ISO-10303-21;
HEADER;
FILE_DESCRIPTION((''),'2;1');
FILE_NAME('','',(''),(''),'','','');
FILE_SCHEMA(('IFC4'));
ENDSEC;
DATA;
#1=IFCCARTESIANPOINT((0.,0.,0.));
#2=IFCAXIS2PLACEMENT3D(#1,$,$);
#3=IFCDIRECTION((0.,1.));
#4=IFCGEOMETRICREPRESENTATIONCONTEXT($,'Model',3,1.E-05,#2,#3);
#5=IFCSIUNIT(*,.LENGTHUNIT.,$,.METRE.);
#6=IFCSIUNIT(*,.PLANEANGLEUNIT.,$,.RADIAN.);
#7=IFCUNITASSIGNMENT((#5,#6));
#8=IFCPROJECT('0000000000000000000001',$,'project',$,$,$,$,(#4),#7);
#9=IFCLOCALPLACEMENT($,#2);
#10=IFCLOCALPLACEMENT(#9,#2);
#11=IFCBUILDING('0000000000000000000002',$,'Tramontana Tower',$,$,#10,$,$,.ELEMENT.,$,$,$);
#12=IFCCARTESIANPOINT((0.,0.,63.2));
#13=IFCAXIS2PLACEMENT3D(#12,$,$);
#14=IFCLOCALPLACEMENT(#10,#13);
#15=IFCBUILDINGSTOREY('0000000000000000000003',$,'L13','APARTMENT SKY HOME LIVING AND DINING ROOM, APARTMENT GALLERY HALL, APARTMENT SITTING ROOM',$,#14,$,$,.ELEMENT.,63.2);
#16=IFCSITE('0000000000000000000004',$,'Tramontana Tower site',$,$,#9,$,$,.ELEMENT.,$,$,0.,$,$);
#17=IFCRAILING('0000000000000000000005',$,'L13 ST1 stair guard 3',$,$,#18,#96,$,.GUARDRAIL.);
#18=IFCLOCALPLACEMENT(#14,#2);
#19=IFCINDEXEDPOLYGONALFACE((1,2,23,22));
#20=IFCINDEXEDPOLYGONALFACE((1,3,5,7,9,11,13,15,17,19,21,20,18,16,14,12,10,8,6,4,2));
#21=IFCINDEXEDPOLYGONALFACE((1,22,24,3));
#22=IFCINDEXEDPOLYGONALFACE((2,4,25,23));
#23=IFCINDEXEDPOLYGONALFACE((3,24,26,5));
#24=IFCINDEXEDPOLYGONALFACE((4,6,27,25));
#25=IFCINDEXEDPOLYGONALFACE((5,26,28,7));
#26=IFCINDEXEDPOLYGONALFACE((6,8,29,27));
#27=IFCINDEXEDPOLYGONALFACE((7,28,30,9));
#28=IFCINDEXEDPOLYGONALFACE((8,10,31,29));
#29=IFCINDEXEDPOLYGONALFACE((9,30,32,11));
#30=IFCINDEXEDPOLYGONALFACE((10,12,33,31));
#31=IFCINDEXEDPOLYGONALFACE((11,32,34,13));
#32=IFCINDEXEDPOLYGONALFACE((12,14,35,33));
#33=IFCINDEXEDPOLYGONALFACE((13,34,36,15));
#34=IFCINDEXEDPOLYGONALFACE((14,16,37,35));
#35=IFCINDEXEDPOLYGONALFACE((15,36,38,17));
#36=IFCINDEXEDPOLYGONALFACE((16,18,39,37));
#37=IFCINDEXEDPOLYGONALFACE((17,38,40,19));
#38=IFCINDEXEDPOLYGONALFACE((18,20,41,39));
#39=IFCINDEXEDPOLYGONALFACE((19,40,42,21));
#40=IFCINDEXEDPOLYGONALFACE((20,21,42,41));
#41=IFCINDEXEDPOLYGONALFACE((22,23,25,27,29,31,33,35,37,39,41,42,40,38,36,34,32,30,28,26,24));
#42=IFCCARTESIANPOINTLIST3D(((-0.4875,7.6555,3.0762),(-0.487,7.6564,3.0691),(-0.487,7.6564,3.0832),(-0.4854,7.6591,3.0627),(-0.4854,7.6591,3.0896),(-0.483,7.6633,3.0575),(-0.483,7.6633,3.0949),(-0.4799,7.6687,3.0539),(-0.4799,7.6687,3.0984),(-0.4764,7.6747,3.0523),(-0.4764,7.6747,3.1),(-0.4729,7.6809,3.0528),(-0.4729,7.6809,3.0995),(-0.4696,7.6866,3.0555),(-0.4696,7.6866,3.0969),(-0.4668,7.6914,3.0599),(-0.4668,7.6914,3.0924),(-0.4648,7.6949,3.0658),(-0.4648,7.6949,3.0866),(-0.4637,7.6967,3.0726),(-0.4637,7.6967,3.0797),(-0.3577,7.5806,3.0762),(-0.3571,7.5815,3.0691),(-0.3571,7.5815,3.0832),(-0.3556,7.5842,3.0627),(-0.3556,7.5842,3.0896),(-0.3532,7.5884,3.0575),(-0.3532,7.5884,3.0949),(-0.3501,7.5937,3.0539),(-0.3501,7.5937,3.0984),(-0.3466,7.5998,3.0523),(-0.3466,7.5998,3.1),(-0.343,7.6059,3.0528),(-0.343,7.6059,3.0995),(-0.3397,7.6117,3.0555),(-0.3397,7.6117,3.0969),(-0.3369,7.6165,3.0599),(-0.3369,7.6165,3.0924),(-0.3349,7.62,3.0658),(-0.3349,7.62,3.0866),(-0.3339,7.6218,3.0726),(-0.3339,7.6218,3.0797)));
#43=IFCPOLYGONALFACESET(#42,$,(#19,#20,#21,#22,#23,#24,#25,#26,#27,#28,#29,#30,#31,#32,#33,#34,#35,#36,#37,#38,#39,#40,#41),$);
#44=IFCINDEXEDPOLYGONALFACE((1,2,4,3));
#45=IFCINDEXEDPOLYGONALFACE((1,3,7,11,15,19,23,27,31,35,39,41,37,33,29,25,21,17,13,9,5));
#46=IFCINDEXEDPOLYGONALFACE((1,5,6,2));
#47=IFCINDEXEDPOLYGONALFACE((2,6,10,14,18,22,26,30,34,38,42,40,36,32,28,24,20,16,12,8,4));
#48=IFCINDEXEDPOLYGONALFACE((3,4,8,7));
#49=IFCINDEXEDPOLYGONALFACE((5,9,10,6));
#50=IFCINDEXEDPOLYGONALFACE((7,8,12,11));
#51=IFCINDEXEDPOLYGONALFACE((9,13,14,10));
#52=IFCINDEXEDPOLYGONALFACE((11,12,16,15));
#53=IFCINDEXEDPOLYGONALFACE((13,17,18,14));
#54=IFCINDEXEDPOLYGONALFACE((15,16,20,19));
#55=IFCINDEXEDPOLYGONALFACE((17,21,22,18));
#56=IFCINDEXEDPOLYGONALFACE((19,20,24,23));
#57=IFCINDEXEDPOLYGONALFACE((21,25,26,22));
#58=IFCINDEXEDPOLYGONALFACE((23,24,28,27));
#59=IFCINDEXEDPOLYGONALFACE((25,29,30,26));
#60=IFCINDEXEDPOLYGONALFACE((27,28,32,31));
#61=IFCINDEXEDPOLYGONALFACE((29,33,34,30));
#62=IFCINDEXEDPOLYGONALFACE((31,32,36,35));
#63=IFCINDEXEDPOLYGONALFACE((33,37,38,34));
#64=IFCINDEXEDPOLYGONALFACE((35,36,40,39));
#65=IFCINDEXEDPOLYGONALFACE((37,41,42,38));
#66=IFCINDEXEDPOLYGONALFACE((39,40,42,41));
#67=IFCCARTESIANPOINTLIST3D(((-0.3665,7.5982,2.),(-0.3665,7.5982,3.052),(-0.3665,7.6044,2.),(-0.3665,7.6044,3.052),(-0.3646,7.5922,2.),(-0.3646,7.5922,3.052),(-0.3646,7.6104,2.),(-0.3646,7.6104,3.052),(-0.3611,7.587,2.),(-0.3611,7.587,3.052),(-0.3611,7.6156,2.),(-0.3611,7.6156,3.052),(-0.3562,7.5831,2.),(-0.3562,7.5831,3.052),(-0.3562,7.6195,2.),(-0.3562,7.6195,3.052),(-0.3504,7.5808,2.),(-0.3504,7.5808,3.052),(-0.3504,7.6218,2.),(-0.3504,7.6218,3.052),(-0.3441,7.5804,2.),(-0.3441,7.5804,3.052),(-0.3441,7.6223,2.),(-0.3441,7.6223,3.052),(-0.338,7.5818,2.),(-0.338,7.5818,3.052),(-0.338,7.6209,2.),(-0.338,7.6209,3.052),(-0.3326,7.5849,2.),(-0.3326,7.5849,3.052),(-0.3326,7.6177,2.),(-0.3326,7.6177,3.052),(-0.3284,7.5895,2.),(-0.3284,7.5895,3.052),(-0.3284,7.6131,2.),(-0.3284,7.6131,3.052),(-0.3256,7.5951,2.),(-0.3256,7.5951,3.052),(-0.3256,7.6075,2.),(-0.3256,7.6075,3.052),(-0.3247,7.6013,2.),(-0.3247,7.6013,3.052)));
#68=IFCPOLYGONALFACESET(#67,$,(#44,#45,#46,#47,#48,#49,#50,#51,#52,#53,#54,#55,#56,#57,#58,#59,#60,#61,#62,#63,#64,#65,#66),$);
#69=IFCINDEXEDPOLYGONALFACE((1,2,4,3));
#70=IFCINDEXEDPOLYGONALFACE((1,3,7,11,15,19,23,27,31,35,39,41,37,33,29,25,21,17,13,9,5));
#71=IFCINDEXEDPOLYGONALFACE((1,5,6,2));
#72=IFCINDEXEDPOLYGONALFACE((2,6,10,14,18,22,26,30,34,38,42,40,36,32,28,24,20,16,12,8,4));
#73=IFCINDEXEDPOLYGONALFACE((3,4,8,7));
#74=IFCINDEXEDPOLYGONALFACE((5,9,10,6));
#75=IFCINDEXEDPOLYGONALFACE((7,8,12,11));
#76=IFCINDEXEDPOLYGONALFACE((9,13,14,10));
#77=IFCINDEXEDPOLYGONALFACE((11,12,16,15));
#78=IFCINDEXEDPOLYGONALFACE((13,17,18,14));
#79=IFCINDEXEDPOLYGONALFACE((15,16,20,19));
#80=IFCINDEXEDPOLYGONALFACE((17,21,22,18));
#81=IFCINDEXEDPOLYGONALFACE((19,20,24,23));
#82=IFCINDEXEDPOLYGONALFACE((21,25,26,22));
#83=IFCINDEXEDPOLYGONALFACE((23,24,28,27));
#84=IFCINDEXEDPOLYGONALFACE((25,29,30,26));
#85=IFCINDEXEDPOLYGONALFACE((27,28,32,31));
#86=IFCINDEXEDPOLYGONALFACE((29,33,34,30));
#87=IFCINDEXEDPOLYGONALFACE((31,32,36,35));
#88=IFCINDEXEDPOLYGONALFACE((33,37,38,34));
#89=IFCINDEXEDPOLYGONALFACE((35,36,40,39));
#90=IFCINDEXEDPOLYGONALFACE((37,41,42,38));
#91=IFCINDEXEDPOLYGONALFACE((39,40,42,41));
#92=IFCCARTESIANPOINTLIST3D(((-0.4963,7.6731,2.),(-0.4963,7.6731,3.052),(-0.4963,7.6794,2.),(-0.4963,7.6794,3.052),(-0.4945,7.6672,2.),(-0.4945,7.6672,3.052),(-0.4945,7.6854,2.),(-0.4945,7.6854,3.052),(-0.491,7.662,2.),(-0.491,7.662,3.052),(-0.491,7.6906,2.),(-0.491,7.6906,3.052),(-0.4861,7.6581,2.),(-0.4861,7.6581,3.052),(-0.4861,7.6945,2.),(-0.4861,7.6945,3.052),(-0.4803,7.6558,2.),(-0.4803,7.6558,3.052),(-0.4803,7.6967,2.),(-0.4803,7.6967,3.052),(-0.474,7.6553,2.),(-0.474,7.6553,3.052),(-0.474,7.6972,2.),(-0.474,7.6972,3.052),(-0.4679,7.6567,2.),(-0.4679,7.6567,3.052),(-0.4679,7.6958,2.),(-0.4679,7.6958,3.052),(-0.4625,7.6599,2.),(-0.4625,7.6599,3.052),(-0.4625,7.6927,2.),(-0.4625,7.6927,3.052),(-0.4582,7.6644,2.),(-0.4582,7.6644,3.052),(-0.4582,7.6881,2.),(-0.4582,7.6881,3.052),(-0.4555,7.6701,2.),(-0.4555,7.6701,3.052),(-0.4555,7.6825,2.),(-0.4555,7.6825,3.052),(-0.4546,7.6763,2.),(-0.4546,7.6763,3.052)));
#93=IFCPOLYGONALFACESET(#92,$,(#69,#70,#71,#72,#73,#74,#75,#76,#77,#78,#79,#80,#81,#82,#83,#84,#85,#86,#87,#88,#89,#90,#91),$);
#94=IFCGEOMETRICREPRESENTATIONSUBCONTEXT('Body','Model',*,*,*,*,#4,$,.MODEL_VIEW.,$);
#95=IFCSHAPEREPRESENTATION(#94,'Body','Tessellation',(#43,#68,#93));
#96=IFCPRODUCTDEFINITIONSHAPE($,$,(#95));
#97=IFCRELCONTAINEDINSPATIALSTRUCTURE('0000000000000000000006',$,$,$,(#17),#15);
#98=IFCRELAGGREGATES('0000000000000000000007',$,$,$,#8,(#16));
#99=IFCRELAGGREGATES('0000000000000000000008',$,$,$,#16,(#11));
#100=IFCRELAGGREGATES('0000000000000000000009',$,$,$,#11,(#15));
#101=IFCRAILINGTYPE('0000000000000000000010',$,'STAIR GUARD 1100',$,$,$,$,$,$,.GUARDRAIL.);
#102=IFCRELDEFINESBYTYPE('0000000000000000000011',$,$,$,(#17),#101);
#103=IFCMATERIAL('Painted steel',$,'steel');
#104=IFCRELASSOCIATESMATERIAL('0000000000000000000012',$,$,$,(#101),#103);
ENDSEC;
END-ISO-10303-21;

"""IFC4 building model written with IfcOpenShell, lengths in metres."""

from ifc_helpers import new_model, si_unit, direction, frame, origin, origin_2d, place, context, subcontext, project, spatial, circle, extrude, material, type_object, element, save


model = new_model("IFC4")

# Units and contexts
model_context = context("Model", 3, precision=1e-05, world=origin(), true_north=direction((0.0, 1.0)))
body_context = subcontext(model_context, "Body", "Model", "MODEL_VIEW")
ifc_project = project(units=[si_unit("LENGTHUNIT", "METRE"), si_unit("PLANEANGLEUNIT", "RADIAN")], contexts=[model_context])

# Site, building, storey
site_placement = place(None, origin())
site = spatial("IfcSite", under=ifc_project, at=site_placement, Name="Tramontana Tower site", CompositionType="ELEMENT", RefElevation=0.0)
building_placement = place(site_placement, origin())
building = spatial("IfcBuilding", under=site, at=building_placement, Name="Tramontana Tower", CompositionType="ELEMENT")
storey_placement = place(building_placement, frame((0.0, 0.0, 63.2)))
storey = spatial("IfcBuildingStorey", under=building, at=storey_placement, Name="L13", Description="APARTMENT SKY HOME LIVING AND DINING ROOM, APARTMENT GALLERY HALL, APARTMENT SITTING ROOM", CompositionType="ELEMENT", Elevation=63.2)

# Railing
ifc_material_1 = material(Name="Painted steel", Category="steel")
railing_type = type_object("IfcRailingType", Name="STAIR GUARD 1100", PredefinedType="GUARDRAIL", material=ifc_material_1)
railing_1_placement = place(storey_placement, frame((-0.3457, 7.6013, 2.0)))
element("IfcRailing", 1, at=railing_1_placement, inside=storey, type_object=railing_type, Name="L13 ST1 stair guard 3", PredefinedType="GUARDRAIL", context=body_context, shape_type="SweptSolid", body=[
    extrude(circle(Radius=0.0239, at=origin_2d()), frame((0.0, 0.0, 1.0762), z_axis=(-0.866131, 0.499816, 0.0), x_axis=(-0.499816, -0.866131, 0.0)), (0.0, 0.0, 1.0), 0.1499),
    extrude(circle(Radius=0.021, at=origin_2d()), origin(), (0.0, 0.0, 1.0), 1.052),
    extrude(circle(Radius=0.021, at=origin_2d()), frame((-0.1299, 0.075, 0.0)), (0.0, 0.0, 1.0), 1.052),
])

save(model, "model.ifc")
